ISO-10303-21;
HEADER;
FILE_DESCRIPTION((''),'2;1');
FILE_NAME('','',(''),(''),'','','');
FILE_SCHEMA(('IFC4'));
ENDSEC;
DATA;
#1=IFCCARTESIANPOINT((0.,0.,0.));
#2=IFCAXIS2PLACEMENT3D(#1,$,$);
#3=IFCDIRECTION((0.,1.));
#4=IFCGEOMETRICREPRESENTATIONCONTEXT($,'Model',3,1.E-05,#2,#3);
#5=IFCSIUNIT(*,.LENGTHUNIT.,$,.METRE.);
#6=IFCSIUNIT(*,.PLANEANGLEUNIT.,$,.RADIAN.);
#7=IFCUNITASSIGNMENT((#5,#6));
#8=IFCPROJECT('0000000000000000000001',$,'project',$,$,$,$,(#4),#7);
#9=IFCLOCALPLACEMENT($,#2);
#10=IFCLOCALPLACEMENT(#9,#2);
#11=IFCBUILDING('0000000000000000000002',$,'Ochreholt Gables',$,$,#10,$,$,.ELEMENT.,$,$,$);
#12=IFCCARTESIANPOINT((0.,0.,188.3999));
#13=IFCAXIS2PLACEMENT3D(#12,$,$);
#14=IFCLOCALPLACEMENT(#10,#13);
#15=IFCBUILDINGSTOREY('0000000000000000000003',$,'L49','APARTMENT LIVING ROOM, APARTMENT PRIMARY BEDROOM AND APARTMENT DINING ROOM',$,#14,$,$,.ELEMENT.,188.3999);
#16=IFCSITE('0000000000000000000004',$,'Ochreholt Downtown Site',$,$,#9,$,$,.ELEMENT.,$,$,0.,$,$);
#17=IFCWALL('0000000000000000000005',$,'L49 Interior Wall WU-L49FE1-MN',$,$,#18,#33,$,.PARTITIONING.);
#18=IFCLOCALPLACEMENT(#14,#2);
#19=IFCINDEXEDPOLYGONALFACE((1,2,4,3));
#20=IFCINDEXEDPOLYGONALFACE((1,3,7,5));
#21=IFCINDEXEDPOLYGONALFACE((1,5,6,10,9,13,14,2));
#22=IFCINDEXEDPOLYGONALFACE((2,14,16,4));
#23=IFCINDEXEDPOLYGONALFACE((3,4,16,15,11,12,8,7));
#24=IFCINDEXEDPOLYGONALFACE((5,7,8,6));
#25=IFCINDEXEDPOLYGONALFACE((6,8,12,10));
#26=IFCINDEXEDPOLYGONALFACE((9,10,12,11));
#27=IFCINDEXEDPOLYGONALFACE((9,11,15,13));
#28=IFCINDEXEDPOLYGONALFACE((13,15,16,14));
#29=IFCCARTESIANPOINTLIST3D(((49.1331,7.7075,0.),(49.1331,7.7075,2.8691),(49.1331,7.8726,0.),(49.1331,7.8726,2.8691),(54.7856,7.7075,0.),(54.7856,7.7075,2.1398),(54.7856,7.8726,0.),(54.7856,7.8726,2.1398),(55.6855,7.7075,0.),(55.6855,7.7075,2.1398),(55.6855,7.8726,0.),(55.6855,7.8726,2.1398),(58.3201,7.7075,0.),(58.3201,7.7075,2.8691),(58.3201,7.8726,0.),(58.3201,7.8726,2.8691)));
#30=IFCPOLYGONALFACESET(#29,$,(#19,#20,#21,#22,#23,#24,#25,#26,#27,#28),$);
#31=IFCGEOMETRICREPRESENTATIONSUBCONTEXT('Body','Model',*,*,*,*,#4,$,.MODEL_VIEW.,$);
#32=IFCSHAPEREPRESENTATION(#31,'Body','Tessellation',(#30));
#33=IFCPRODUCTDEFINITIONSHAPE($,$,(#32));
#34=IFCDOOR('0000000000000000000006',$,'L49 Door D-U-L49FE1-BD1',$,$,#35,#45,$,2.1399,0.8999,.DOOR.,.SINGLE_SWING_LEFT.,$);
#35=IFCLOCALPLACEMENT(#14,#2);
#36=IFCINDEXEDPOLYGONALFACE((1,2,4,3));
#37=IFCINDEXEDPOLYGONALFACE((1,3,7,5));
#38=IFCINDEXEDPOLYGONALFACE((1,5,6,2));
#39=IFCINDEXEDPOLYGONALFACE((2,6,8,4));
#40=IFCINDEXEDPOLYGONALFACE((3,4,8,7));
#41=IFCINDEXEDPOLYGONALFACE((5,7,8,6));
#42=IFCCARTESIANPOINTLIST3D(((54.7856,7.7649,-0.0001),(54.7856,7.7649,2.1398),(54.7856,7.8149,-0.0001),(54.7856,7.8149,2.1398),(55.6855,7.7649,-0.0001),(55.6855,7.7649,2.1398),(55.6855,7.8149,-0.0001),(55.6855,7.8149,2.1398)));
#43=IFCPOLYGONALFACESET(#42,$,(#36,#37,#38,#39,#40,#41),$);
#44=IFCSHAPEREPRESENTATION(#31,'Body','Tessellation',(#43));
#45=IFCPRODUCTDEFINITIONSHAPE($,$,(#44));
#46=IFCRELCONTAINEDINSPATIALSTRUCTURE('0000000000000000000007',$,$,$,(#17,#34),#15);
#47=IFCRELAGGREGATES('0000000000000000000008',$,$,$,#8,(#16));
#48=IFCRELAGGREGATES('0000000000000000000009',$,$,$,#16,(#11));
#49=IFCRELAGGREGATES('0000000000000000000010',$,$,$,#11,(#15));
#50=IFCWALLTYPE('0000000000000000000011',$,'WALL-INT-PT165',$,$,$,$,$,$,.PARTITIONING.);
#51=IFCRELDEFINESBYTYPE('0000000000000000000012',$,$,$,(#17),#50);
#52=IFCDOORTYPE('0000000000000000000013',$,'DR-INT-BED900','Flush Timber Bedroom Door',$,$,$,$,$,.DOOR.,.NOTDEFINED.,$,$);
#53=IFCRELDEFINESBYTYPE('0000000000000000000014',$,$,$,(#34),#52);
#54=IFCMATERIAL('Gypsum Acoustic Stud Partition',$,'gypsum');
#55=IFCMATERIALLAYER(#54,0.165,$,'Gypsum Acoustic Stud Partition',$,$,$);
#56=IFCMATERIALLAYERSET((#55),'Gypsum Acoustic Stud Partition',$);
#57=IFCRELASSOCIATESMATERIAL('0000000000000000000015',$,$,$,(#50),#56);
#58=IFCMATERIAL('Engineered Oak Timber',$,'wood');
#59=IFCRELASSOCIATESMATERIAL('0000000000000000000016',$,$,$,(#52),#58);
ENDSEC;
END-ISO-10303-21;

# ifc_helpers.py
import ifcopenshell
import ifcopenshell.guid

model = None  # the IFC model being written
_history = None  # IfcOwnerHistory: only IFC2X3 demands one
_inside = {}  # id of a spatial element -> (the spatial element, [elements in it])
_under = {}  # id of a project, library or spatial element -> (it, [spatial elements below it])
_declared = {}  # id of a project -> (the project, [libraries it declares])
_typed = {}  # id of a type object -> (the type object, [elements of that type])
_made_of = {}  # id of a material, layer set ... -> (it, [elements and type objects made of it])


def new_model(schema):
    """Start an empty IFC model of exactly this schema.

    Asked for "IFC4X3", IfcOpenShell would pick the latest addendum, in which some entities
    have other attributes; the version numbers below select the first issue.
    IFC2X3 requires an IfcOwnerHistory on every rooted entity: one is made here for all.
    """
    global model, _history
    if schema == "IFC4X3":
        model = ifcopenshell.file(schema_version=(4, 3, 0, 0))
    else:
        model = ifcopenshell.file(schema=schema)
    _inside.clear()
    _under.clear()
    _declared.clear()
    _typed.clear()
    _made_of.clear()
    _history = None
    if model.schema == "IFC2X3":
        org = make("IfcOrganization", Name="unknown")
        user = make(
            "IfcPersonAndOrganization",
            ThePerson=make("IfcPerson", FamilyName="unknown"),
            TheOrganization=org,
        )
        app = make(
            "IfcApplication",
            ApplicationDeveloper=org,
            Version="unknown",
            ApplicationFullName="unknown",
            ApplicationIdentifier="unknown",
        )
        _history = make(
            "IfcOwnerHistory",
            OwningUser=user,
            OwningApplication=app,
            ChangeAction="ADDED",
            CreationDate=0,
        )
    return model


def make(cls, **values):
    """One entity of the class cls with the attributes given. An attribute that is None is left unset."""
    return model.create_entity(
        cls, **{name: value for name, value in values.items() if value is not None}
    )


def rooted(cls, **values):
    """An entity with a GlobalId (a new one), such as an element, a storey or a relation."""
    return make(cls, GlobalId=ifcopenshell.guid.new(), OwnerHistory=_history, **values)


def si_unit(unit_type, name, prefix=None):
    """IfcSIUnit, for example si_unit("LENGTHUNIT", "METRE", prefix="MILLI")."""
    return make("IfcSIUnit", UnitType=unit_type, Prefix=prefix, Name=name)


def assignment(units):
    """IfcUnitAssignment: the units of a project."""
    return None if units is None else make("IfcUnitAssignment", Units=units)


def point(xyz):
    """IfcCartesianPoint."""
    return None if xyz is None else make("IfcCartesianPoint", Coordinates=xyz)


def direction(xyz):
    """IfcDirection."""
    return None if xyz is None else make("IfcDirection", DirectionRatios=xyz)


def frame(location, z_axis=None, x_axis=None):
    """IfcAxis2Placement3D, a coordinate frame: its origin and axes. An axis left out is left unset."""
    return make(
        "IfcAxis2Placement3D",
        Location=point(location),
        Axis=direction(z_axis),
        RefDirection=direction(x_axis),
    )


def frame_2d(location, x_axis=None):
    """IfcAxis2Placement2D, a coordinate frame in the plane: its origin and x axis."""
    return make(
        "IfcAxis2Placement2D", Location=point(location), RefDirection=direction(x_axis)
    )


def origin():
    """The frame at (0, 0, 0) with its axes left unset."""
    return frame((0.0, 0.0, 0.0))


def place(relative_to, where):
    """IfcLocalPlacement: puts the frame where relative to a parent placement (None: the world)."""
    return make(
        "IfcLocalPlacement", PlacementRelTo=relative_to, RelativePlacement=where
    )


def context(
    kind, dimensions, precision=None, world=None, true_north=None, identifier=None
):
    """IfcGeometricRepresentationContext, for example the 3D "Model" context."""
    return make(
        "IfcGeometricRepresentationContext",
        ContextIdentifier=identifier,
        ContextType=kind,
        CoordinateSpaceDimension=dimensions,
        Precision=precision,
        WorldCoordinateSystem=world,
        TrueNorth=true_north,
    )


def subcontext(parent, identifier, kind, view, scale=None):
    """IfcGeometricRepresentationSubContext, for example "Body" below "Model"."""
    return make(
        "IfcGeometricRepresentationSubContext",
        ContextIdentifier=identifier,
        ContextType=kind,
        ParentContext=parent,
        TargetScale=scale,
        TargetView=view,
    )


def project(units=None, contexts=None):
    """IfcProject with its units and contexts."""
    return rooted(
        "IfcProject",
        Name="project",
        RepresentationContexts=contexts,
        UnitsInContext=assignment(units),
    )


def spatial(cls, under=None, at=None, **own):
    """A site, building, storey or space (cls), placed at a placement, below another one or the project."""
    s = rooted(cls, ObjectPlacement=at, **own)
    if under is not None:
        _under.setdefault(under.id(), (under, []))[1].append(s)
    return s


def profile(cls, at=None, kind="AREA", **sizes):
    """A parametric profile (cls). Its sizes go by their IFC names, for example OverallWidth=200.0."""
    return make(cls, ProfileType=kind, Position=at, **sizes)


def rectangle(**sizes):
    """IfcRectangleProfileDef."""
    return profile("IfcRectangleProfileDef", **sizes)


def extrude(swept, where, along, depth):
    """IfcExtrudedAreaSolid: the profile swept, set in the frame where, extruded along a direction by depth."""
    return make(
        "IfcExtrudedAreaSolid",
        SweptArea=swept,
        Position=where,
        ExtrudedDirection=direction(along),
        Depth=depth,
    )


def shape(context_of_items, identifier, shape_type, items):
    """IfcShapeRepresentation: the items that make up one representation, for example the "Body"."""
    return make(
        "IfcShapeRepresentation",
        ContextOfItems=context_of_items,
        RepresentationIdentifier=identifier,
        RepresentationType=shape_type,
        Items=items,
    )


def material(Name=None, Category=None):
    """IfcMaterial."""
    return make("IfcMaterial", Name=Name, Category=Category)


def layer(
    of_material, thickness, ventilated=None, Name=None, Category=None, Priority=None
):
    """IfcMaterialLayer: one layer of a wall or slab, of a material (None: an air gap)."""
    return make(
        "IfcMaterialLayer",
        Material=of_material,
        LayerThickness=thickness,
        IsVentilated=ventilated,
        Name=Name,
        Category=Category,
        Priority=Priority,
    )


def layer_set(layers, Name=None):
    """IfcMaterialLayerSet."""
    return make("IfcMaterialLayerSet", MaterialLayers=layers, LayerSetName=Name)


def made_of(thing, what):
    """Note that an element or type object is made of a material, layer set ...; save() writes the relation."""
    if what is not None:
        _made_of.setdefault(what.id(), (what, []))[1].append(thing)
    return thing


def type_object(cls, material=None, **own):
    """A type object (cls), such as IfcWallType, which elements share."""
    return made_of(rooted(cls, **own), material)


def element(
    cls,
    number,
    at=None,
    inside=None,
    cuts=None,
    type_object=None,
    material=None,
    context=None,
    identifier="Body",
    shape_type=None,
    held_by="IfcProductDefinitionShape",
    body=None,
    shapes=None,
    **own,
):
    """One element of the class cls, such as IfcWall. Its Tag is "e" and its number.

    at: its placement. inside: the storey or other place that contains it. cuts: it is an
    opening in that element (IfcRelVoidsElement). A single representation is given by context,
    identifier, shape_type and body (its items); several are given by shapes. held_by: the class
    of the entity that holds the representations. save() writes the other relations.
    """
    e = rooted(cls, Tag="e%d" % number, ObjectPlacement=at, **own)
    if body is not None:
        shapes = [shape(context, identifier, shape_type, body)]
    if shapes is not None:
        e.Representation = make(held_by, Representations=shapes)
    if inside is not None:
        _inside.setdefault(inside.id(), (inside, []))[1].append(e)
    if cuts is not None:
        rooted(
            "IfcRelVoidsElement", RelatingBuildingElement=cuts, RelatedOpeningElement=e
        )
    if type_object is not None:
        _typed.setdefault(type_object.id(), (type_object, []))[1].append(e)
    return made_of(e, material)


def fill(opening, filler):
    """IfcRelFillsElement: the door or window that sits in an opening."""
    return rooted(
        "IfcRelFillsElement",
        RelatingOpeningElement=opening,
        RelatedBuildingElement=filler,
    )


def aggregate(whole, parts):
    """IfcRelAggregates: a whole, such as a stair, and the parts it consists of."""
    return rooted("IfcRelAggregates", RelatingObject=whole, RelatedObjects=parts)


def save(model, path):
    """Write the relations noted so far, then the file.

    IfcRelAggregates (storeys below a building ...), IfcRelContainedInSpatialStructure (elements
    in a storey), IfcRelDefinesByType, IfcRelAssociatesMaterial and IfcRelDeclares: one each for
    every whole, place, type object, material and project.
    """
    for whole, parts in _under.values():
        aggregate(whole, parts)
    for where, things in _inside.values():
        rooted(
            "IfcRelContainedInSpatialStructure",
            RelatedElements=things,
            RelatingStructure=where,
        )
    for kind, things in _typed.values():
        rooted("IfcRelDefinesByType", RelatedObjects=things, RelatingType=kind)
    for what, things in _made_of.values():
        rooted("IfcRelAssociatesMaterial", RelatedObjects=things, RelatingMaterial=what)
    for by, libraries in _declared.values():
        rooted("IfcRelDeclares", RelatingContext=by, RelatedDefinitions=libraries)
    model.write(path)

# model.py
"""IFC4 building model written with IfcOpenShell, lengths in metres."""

from ifc_helpers import new_model, si_unit, direction, frame, frame_2d, origin, place, context, subcontext, project, spatial, rectangle, extrude, material, layer, layer_set, type_object, element, fill, save


model = new_model("IFC4")

# Units and contexts
model_context = context("Model", 3, precision=1e-05, world=origin(), true_north=direction((0.0, 1.0)))
body_context = subcontext(model_context, "Body", "Model", "MODEL_VIEW")
ifc_project = project(units=[si_unit("LENGTHUNIT", "METRE"), si_unit("PLANEANGLEUNIT", "RADIAN")], contexts=[model_context])

# Site, building, storey
site_placement = place(None, origin())
site = spatial("IfcSite", under=ifc_project, at=site_placement, Name="Ochreholt Downtown Site", CompositionType="ELEMENT", RefElevation=0.0)
building_placement = place(site_placement, origin())
building = spatial("IfcBuilding", under=site, at=building_placement, Name="Ochreholt Gables", CompositionType="ELEMENT")
storey_placement = place(building_placement, frame((0.0, 0.0, 188.3999)))
storey = spatial("IfcBuildingStorey", under=building, at=storey_placement, Name="L49", Description="APARTMENT LIVING ROOM, APARTMENT PRIMARY BEDROOM AND APARTMENT DINING ROOM", CompositionType="ELEMENT", Elevation=188.3999)

# Shared definitions
ifc_material_1 = material(Name="Engineered Oak Timber", Category="wood")

# Wall, opening, door
ifc_material_2 = material(Name="Gypsum Acoustic Stud Partition", Category="gypsum")
ifc_layer_1 = layer(ifc_material_2, 0.165, Name="Gypsum Acoustic Stud Partition")
ifc_layer_set_1 = layer_set([ifc_layer_1], Name="Gypsum Acoustic Stud Partition")
wall_type_1 = type_object("IfcWallType", Name="WALL-INT-PT165", PredefinedType="PARTITIONING", material=ifc_layer_set_1)
wall_1_placement = place(storey_placement, frame((49.1331, 7.79, 0.0), z_axis=(0.0, 0.0, 1.0), x_axis=(1.0, 0.0, 0.0)))
wall_1 = element("IfcWall", 1, at=wall_1_placement, inside=storey, type_object=wall_type_1, Name="L49 Interior Wall WU-L49FE1-MN", PredefinedType="PARTITIONING", context=body_context, shape_type="SweptSolid", body=[
    extrude(rectangle(XDim=9.187, YDim=0.165, at=frame_2d((4.5935, 0.0))), origin(), (0.0, 0.0, 1.0), 2.8691),
])
opening_1_placement = place(wall_1_placement, frame((5.6526, 0.0, 0.0)))
opening_1 = element("IfcOpeningElement", 2, at=opening_1_placement, cuts=wall_1, PredefinedType="OPENING", context=body_context, shape_type="SweptSolid", body=[
    extrude(rectangle(XDim=0.8999, YDim=2.1399, at=frame_2d((0.45, 1.0698))), frame((0.0, 0.0925, 0.0), z_axis=(0.0, -1.0, 0.0), x_axis=(1.0, 0.0, 0.0)), (0.0, 0.0, 1.0), 0.1851),
])
door_type_1 = type_object("IfcDoorType", Name="DR-INT-BED900", Description="Flush Timber Bedroom Door", OperationType="NOTDEFINED", PredefinedType="DOOR", material=ifc_material_1)
door_1_placement = place(opening_1_placement, origin())
door_1 = element("IfcDoor", 3, at=door_1_placement, inside=storey, type_object=door_type_1, Name="L49 Door D-U-L49FE1-BD1", OperationType="SINGLE_SWING_LEFT", OverallHeight=2.1399, OverallWidth=0.8999, PredefinedType="DOOR", context=body_context, shape_type="SweptSolid", body=[
    extrude(rectangle(XDim=0.8999, YDim=2.1399, at=frame_2d((0.45, 1.0698))), frame((0.0, 0.0249, 0.0), z_axis=(0.0, -1.0, 0.0), x_axis=(1.0, 0.0, 0.0)), (0.0, 0.0, 1.0), 0.05),
])
fill(opening_1, door_1)

save(model, "model.ifc")
